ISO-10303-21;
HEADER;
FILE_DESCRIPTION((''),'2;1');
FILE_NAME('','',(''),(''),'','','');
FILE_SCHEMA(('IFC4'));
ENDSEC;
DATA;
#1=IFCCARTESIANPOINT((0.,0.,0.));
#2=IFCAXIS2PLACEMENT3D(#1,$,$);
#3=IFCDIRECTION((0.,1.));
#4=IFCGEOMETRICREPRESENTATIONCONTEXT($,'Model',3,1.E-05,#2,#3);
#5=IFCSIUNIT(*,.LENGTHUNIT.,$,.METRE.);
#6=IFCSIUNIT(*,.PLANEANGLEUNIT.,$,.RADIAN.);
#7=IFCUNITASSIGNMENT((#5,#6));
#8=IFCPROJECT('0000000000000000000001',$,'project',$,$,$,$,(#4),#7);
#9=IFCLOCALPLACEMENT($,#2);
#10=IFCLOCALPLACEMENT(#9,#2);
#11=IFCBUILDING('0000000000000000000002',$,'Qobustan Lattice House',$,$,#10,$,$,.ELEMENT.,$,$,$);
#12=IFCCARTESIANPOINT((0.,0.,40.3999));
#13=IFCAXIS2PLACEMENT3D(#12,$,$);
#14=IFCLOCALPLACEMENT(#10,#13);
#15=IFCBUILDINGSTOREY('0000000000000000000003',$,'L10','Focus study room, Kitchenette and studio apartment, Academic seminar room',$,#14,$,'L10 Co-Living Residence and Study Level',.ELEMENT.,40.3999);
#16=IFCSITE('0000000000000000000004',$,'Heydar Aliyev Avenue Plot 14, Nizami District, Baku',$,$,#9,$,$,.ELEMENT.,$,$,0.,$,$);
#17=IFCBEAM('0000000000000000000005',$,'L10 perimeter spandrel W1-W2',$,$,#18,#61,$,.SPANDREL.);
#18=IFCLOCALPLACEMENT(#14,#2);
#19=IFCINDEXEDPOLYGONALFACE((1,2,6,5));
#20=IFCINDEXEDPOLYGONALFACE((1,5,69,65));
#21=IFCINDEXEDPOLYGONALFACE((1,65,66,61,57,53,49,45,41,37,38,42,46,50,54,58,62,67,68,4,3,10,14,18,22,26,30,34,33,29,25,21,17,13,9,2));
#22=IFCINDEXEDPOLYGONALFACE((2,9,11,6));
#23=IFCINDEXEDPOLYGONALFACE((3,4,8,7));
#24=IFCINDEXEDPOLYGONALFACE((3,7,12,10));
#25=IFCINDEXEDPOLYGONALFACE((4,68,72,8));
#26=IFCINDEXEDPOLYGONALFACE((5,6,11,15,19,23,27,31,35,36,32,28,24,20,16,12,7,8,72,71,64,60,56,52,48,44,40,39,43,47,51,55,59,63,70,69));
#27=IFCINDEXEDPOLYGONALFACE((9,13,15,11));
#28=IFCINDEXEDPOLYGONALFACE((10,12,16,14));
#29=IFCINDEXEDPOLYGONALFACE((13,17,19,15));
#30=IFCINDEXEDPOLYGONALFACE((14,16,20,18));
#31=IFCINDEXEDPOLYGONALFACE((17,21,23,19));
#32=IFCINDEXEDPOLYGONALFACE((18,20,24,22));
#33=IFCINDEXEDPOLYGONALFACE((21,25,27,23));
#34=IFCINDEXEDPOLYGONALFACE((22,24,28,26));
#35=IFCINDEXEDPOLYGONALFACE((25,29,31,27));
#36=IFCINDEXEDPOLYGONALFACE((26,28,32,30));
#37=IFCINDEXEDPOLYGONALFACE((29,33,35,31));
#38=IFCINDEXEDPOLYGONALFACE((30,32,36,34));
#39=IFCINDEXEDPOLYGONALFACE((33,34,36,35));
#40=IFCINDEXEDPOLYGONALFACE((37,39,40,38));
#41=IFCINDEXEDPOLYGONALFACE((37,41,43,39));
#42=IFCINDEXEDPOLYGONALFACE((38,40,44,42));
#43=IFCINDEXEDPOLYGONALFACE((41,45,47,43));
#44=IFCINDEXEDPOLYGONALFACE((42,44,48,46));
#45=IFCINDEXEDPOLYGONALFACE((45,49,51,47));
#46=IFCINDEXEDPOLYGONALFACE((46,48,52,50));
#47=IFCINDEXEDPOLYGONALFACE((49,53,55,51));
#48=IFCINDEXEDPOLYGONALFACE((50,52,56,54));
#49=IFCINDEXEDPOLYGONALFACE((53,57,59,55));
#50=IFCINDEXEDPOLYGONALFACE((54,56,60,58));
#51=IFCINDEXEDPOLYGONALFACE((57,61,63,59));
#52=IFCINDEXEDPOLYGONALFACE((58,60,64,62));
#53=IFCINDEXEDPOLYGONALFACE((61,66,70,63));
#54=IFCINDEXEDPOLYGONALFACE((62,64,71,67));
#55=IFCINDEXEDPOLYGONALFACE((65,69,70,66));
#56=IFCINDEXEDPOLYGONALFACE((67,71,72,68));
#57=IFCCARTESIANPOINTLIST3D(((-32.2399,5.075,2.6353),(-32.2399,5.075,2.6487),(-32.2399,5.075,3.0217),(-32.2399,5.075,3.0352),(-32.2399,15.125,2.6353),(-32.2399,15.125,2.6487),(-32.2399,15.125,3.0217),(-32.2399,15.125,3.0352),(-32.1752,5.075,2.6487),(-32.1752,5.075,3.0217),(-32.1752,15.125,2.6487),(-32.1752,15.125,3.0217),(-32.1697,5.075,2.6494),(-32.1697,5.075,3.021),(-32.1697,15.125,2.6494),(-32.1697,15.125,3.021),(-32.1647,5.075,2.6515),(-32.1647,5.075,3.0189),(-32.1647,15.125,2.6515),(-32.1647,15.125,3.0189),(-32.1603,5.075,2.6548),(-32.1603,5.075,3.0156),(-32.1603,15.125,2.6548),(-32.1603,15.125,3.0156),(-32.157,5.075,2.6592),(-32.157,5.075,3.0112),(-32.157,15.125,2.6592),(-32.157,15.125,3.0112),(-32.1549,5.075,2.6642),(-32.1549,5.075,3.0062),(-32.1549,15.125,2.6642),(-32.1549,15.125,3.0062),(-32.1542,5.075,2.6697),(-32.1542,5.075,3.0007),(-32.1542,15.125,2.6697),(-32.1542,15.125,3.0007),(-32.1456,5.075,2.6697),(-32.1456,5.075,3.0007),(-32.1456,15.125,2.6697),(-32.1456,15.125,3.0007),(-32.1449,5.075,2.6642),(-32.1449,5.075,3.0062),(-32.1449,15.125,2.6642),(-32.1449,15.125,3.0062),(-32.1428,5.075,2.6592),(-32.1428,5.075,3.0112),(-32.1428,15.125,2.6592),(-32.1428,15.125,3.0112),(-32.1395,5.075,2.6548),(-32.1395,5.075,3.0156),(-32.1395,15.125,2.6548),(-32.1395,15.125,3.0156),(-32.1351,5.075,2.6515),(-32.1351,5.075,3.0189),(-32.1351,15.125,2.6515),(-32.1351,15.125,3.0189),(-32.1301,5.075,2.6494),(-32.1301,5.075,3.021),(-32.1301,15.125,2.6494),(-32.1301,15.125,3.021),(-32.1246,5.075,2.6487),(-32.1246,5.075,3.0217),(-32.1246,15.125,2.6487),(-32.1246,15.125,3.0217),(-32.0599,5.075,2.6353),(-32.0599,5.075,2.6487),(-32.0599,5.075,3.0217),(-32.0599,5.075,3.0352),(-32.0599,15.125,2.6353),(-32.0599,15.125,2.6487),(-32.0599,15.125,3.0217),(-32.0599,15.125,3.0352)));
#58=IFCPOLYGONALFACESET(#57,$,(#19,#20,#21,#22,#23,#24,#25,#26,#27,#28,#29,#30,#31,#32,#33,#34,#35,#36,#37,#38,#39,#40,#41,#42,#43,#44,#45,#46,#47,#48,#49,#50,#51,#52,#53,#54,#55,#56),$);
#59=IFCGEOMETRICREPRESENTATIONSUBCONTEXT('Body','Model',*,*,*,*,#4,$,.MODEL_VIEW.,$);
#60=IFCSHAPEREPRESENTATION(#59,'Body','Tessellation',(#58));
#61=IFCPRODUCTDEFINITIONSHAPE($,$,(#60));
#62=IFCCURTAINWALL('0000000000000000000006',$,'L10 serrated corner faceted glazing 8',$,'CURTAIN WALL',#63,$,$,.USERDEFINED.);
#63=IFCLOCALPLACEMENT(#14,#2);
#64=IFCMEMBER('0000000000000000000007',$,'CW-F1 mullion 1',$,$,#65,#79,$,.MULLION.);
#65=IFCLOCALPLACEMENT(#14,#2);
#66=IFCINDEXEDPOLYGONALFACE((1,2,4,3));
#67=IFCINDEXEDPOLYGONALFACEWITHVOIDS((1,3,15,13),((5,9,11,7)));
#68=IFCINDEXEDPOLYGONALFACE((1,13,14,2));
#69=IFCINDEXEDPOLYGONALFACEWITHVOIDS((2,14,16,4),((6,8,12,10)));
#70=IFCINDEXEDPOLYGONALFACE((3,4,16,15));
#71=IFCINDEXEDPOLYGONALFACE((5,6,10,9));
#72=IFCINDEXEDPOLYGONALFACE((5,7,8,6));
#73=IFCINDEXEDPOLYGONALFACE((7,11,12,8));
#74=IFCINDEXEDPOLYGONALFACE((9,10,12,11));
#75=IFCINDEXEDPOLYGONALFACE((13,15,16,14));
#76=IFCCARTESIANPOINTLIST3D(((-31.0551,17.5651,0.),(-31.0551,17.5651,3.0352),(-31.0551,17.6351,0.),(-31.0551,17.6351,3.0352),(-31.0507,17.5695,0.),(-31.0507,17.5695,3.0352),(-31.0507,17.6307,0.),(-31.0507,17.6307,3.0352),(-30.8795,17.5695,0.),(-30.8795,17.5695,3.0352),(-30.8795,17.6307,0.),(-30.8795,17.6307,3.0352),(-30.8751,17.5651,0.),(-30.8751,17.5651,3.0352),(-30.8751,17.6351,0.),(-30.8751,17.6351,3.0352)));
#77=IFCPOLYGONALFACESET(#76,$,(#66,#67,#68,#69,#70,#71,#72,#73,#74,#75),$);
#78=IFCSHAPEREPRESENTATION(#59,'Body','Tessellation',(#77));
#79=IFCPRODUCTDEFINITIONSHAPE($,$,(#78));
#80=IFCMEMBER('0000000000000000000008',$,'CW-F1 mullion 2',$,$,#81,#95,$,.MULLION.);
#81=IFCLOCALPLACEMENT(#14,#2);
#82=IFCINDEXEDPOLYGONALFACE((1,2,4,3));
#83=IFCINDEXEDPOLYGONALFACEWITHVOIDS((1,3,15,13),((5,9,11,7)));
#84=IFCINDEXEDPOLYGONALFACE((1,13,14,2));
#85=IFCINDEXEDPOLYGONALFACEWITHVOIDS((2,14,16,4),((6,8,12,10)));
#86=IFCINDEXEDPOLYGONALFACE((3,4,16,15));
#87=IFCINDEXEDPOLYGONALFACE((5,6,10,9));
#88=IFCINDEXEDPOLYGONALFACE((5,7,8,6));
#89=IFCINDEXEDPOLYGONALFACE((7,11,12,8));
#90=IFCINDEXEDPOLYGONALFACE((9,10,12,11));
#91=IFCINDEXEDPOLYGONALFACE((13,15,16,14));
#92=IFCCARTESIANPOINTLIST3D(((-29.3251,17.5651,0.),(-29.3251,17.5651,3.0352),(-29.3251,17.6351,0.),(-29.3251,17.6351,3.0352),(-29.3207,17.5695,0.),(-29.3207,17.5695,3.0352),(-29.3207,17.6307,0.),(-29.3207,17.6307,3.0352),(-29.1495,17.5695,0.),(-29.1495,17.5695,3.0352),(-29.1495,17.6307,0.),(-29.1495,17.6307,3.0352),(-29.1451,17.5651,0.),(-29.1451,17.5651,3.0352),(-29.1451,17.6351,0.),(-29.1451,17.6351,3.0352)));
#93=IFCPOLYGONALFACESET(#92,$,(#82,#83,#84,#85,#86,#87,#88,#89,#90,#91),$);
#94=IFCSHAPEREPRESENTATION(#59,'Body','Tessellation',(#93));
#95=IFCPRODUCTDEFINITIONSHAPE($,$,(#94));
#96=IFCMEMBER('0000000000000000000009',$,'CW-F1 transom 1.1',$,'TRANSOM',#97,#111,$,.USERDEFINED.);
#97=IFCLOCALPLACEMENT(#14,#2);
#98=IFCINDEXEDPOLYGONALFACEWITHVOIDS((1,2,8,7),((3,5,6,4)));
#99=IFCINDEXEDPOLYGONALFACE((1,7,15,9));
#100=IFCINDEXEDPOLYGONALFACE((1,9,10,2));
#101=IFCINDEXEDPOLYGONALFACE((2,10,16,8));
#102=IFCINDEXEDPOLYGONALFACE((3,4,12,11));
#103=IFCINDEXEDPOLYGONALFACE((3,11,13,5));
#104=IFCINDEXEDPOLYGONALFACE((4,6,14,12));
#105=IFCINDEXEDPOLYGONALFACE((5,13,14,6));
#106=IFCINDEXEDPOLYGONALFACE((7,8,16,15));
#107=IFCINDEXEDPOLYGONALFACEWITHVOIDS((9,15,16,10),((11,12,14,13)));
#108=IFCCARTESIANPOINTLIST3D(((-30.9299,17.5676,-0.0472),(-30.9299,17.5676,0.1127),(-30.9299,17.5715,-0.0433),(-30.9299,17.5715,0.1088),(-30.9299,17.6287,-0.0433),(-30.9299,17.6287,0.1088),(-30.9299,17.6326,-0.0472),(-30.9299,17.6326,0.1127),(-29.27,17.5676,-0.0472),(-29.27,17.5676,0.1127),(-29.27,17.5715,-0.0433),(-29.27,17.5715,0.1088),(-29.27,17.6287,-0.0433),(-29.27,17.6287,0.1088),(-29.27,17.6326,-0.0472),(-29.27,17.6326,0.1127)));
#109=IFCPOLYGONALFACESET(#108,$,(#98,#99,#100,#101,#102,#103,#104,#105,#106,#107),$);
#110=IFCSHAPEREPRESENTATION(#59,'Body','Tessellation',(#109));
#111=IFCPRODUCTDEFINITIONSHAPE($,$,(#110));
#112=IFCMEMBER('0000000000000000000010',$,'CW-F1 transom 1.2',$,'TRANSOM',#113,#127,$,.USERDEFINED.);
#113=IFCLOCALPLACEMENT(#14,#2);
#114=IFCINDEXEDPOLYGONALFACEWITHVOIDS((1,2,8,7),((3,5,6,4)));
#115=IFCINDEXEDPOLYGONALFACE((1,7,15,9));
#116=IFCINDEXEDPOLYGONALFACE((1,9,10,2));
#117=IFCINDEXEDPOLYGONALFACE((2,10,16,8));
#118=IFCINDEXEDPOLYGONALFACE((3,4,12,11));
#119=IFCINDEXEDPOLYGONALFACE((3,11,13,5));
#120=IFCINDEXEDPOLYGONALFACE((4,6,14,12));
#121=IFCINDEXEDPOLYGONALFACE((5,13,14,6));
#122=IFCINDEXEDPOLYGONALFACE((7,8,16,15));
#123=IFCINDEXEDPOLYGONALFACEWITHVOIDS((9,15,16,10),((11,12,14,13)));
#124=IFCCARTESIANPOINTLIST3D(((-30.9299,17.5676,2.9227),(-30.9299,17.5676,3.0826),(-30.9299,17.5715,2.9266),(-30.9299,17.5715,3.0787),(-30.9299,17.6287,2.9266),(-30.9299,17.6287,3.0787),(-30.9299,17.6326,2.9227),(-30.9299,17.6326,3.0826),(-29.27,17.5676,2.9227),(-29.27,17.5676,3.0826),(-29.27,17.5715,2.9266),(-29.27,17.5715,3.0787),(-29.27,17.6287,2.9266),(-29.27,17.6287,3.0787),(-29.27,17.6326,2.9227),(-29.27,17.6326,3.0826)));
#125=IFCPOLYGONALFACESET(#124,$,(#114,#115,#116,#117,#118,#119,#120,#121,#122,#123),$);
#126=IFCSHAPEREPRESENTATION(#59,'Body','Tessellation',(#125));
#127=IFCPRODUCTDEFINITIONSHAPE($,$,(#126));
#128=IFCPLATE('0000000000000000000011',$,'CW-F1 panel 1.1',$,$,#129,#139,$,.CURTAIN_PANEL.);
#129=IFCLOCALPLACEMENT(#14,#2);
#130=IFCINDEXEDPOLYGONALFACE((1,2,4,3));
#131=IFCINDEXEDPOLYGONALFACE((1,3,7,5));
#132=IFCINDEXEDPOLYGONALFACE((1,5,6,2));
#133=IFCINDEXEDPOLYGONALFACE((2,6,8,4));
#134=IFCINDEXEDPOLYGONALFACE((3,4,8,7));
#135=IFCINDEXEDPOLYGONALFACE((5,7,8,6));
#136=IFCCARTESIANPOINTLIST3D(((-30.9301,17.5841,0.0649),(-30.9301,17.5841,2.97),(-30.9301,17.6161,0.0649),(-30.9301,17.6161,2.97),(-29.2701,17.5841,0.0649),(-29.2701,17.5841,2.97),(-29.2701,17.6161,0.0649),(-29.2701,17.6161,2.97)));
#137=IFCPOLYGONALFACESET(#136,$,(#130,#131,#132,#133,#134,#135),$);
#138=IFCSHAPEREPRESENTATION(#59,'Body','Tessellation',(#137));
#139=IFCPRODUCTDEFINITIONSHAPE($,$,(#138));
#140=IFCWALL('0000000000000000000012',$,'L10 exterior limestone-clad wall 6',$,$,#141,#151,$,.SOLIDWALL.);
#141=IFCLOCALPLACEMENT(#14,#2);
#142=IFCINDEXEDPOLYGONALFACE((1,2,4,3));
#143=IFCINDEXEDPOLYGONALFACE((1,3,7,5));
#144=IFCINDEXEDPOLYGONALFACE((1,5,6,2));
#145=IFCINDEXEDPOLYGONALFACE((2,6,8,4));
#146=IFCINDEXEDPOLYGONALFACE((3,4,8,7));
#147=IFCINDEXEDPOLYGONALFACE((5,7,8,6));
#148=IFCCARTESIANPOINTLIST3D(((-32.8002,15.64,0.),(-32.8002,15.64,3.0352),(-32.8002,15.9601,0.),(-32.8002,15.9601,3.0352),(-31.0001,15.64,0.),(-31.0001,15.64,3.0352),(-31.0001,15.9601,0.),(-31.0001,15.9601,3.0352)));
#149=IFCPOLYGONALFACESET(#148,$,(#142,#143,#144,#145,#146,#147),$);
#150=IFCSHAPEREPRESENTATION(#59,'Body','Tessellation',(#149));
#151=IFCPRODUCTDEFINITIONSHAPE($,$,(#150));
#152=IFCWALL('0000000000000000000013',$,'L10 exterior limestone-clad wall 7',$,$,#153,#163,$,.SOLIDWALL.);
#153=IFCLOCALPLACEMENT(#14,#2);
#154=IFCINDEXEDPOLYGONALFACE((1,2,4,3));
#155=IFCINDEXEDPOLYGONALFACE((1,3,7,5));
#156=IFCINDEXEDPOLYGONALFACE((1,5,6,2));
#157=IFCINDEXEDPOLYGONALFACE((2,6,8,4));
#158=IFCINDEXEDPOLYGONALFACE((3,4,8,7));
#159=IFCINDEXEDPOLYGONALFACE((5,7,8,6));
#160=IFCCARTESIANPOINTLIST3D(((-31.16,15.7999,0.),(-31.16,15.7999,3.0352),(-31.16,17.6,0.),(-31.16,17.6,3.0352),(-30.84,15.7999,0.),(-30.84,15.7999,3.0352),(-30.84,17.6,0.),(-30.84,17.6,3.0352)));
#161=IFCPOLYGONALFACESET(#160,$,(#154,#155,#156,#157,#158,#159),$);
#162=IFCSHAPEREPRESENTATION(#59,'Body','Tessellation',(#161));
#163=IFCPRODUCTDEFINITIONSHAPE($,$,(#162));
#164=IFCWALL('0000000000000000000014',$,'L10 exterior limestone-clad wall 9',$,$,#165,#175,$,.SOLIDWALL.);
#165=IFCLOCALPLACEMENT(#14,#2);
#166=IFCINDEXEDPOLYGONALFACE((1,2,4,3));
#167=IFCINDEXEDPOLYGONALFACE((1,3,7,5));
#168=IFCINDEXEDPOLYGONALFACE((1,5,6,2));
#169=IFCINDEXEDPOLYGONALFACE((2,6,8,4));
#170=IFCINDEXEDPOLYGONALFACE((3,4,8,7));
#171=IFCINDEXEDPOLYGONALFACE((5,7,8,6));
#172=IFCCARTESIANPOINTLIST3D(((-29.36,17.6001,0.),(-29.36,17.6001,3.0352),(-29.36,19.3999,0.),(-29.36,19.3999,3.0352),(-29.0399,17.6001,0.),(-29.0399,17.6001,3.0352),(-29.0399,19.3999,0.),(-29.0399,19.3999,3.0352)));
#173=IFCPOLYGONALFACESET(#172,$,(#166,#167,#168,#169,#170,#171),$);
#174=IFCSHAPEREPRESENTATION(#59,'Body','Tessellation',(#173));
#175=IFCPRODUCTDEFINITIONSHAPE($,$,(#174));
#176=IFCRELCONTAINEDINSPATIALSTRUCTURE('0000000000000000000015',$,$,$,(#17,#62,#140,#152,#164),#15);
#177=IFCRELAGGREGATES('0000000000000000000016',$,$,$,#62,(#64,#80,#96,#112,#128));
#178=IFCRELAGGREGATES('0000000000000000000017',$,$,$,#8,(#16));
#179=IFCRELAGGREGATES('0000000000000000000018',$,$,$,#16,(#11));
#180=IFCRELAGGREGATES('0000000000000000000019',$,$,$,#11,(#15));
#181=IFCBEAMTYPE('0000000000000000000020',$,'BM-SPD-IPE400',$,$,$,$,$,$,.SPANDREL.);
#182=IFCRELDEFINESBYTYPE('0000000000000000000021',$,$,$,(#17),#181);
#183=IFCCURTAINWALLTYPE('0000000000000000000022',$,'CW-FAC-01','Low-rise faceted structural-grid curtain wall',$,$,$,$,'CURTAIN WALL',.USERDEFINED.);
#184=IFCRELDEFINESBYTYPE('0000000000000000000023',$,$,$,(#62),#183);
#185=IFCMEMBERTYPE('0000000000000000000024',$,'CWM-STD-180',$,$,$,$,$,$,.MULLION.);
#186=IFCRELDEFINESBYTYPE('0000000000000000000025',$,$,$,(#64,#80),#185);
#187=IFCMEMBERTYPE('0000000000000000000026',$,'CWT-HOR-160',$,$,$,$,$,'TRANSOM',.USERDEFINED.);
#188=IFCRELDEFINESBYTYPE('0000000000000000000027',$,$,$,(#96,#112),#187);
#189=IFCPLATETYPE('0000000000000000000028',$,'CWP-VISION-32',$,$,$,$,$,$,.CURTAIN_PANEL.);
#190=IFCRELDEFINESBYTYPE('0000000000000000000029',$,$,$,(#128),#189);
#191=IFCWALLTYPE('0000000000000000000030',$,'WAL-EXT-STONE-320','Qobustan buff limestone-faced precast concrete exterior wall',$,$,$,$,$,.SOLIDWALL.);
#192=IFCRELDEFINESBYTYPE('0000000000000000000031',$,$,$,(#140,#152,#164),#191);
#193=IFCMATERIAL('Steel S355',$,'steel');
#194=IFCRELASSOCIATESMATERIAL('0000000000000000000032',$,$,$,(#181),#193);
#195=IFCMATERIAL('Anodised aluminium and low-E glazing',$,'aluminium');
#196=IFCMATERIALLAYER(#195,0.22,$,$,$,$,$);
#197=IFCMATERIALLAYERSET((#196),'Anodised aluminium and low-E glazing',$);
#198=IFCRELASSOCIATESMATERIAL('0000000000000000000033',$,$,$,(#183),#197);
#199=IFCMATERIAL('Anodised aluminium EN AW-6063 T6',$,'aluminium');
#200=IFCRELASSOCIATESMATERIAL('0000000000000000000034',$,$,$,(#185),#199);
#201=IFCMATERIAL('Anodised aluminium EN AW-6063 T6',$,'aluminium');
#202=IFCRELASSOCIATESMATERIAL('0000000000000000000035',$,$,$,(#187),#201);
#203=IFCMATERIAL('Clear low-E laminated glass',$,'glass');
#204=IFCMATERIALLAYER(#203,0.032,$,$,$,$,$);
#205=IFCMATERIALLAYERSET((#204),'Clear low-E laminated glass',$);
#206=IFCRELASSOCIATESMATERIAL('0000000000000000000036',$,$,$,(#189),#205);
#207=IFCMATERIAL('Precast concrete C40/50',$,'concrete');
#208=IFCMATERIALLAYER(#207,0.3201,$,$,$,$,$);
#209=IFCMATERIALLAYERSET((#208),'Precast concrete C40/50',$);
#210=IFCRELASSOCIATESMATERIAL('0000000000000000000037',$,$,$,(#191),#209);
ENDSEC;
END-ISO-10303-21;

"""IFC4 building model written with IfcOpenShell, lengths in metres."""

from ifc_helpers import new_model, si_unit, direction, frame, frame_2d, origin, origin_2d, place, context, subcontext, project, spatial, rectangle, hollow_rectangle, i_section, extrude, material, layer, layer_set, material_profile, profile_set, type_object, element, aggregate, save


model = new_model("IFC4")

# Units and contexts
model_context = context("Model", 3, precision=1e-05, world=origin(), true_north=direction((0.0, 1.0)))
body_context = subcontext(model_context, "Body", "Model", "MODEL_VIEW")
ifc_project = project(units=[si_unit("LENGTHUNIT", "METRE"), si_unit("PLANEANGLEUNIT", "RADIAN")], contexts=[model_context])

# Site, building, storey
site_placement = place(None, origin())
site = spatial("IfcSite", under=ifc_project, at=site_placement, Name="Heydar Aliyev Avenue Plot 14, Nizami District, Baku", CompositionType="ELEMENT", RefElevation=0.0)
building_placement = place(site_placement, origin())
building = spatial("IfcBuilding", under=site, at=building_placement, Name="Qobustan Lattice House", CompositionType="ELEMENT")
storey_placement = place(building_placement, frame((0.0, 0.0, 40.3999)))
storey = spatial("IfcBuildingStorey", under=building, at=storey_placement, Name="L10", Description="Focus study room, Kitchenette and studio apartment, Academic seminar room", LongName="L10 Co-Living Residence and Study Level", CompositionType="ELEMENT", Elevation=40.3999)

# Beam
ifc_material_1 = material(Name="Steel S355", Category="steel")
ifc_material_profile_1 = material_profile(ifc_material_1, i_section(OverallWidth=0.1799, OverallDepth=0.3999, WebThickness=0.0085, FlangeThickness=0.0134, FilletRadius=0.021, at=origin_2d()), Name="IPE400")
ifc_profile_set_1 = profile_set([ifc_material_profile_1], Name="Steel S355")
beam_type_1 = type_object("IfcBeamType", Name="BM-SPD-IPE400", PredefinedType="SPANDREL", material=ifc_profile_set_1)
beam_1_placement = place(storey_placement, frame((-32.1499, 15.125, 2.8352), z_axis=(0.0, -1.0, 0.0), x_axis=(1.0, 0.0, 0.0)))
element("IfcBeam", 1, at=beam_1_placement, inside=storey, type_object=beam_type_1, Name="L10 perimeter spandrel W1-W2", PredefinedType="SPANDREL", context=body_context, shape_type="SweptSolid", body=[
    extrude(i_section(OverallWidth=0.1799, OverallDepth=0.3999, WebThickness=0.0085, FlangeThickness=0.0134, FilletRadius=0.021, at=origin_2d()), origin(), (0.0, 0.0, 1.0), 10.05),
])

# Curtain wall, members, plate
ifc_material_2 = material(Name="Anodised aluminium and low-E glazing", Category="aluminium")
ifc_layer_1 = layer(ifc_material_2, 0.22)
ifc_layer_set_1 = layer_set([ifc_layer_1], Name="Anodised aluminium and low-E glazing")
curtain_wall_type = type_object("IfcCurtainWallType", Name="CW-FAC-01", Description="Low-rise faceted structural-grid curtain wall", ElementType="CURTAIN WALL", PredefinedType="USERDEFINED", material=ifc_layer_set_1)
curtain_wall_placement = place(storey_placement, origin())
curtain_wall = element("IfcCurtainWall", 2, at=curtain_wall_placement, inside=storey, type_object=curtain_wall_type, Name="L10 serrated corner faceted glazing 8", ObjectType="CURTAIN WALL", PredefinedType="USERDEFINED")
ifc_material_3 = material(Name="Anodised aluminium EN AW-6063 T6", Category="aluminium")
ifc_material_profile_2 = material_profile(ifc_material_3, hollow_rectangle(XDim=0.0701, YDim=0.1799, WallThickness=0.0044, at=origin_2d()), Name="CWM-180x70")
ifc_profile_set_2 = profile_set([ifc_material_profile_2], Name="Anodised aluminium EN AW-6063 T6")
member_type_1 = type_object("IfcMemberType", Name="CWM-STD-180", PredefinedType="MULLION", material=ifc_profile_set_2)
member_1_placement = place(storey_placement, frame((-30.9651, 17.6001, 0.0), z_axis=(0.0, 0.0, 1.0), x_axis=(0.0, 1.0, 0.0)))
member_1 = element("IfcMember", 3, at=member_1_placement, type_object=member_type_1, Name="CW-F1 mullion 1", PredefinedType="MULLION", context=body_context, shape_type="SweptSolid", body=[
    extrude(hollow_rectangle(XDim=0.0701, YDim=0.1799, WallThickness=0.0044, at=origin_2d()), origin(), (0.0, 0.0, 1.0), 3.0352),
])
member_2_placement = place(storey_placement, frame((-29.2351, 17.6001, 0.0), z_axis=(0.0, 0.0, 1.0), x_axis=(0.0, 1.0, 0.0)))
member_2 = element("IfcMember", 4, at=member_2_placement, type_object=member_type_1, Name="CW-F1 mullion 2", PredefinedType="MULLION", context=body_context, shape_type="SweptSolid", body=[
    extrude(hollow_rectangle(XDim=0.0701, YDim=0.1799, WallThickness=0.0044, at=origin_2d()), origin(), (0.0, 0.0, 1.0), 3.0352),
])
ifc_material_4 = material(Name="Anodised aluminium EN AW-6063 T6", Category="aluminium")
ifc_material_profile_3 = material_profile(ifc_material_4, hollow_rectangle(XDim=0.0649, YDim=0.1599, WallThickness=0.0039, at=origin_2d()), Name="CWT-160x65")
ifc_profile_set_3 = profile_set([ifc_material_profile_3], Name="Anodised aluminium EN AW-6063 T6")
member_type_2 = type_object("IfcMemberType", Name="CWT-HOR-160", ElementType="TRANSOM", PredefinedType="USERDEFINED", material=ifc_profile_set_3)
member_3_placement = place(storey_placement, frame((-30.9299, 17.6001, 0.0327), z_axis=(1.0, 0.0, 0.0), x_axis=(0.0, 1.0, 0.0)))
member_3 = element("IfcMember", 5, at=member_3_placement, type_object=member_type_2, Name="CW-F1 transom 1.1", ObjectType="TRANSOM", PredefinedType="USERDEFINED", context=body_context, shape_type="SweptSolid", body=[
    extrude(hollow_rectangle(XDim=0.0649, YDim=0.1599, WallThickness=0.0039, at=origin_2d()), origin(), (0.0, 0.0, 1.0), 1.6599),
])
member_4_placement = place(storey_placement, frame((-30.9299, 17.6001, 3.0027), z_axis=(1.0, 0.0, 0.0), x_axis=(0.0, 1.0, 0.0)))
member_4 = element("IfcMember", 6, at=member_4_placement, type_object=member_type_2, Name="CW-F1 transom 1.2", ObjectType="TRANSOM", PredefinedType="USERDEFINED", context=body_context, shape_type="SweptSolid", body=[
    extrude(hollow_rectangle(XDim=0.0649, YDim=0.1599, WallThickness=0.0039, at=origin_2d()), origin(), (0.0, 0.0, 1.0), 1.6599),
])
ifc_material_5 = material(Name="Clear low-E laminated glass", Category="glass")
ifc_layer_2 = layer(ifc_material_5, 0.032)
ifc_layer_set_2 = layer_set([ifc_layer_2], Name="Clear low-E laminated glass")
plate_type = type_object("IfcPlateType", Name="CWP-VISION-32", PredefinedType="CURTAIN_PANEL", material=ifc_layer_set_2)
plate_placement = place(storey_placement, frame((-30.1001, 17.6001, 0.0649), z_axis=(0.0, 0.0, 1.0), x_axis=(1.0, 0.0, 0.0)))
plate = element("IfcPlate", 7, at=plate_placement, type_object=plate_type, Name="CW-F1 panel 1.1", PredefinedType="CURTAIN_PANEL", context=body_context, shape_type="SweptSolid", body=[
    extrude(rectangle(XDim=1.6599, YDim=0.032, at=origin_2d()), origin(), (0.0, 0.0, 1.0), 2.905),
])
aggregate(curtain_wall, [member_1, member_2, member_3, member_4, plate])

# Walls
ifc_material_6 = material(Name="Precast concrete C40/50", Category="concrete")
ifc_layer_3 = layer(ifc_material_6, 0.3201)
ifc_layer_set_3 = layer_set([ifc_layer_3], Name="Precast concrete C40/50")
wall_type = type_object("IfcWallType", Name="WAL-EXT-STONE-320", Description="Qobustan buff limestone-faced precast concrete exterior wall", PredefinedType="SOLIDWALL", material=ifc_layer_set_3)
for number, where, z_axis, x_axis, name in (
    (8, (-32.8, 15.8, 0.0), (0.0, 0.0, 1.0), (1.0, 0.0, 0.0), "L10 exterior limestone-clad wall 6"),
    (9, (-31.0, 15.8, 0.0), (0.0, 0.0, 1.0), (0.0, 1.0, 0.0), "L10 exterior limestone-clad wall 7"),
):
    element("IfcWall", number, at=place(storey_placement, frame(where, z_axis=z_axis, x_axis=x_axis)), inside=storey, type_object=wall_type, Name=name, PredefinedType="SOLIDWALL", context=body_context, shape_type="SweptSolid", body=[
        extrude(rectangle(XDim=1.8, YDim=0.3201, at=frame_2d((0.8999, 0.0))), origin(), (0.0, 0.0, 1.0), 3.0352),
    ])
wall_1_placement = place(storey_placement, frame((-29.2, 17.6001, 0.0), z_axis=(0.0, 0.0, 1.0), x_axis=(0.0, 1.0, 0.0)))
element("IfcWall", 10, at=wall_1_placement, inside=storey, type_object=wall_type, Name="L10 exterior limestone-clad wall 9", PredefinedType="SOLIDWALL", context=body_context, shape_type="SweptSolid", body=[
    extrude(rectangle(XDim=1.7998, YDim=0.3201, at=frame_2d((0.8999, 0.0))), origin(), (0.0, 0.0, 1.0), 3.0352),
])

save(model, "model.ifc")
